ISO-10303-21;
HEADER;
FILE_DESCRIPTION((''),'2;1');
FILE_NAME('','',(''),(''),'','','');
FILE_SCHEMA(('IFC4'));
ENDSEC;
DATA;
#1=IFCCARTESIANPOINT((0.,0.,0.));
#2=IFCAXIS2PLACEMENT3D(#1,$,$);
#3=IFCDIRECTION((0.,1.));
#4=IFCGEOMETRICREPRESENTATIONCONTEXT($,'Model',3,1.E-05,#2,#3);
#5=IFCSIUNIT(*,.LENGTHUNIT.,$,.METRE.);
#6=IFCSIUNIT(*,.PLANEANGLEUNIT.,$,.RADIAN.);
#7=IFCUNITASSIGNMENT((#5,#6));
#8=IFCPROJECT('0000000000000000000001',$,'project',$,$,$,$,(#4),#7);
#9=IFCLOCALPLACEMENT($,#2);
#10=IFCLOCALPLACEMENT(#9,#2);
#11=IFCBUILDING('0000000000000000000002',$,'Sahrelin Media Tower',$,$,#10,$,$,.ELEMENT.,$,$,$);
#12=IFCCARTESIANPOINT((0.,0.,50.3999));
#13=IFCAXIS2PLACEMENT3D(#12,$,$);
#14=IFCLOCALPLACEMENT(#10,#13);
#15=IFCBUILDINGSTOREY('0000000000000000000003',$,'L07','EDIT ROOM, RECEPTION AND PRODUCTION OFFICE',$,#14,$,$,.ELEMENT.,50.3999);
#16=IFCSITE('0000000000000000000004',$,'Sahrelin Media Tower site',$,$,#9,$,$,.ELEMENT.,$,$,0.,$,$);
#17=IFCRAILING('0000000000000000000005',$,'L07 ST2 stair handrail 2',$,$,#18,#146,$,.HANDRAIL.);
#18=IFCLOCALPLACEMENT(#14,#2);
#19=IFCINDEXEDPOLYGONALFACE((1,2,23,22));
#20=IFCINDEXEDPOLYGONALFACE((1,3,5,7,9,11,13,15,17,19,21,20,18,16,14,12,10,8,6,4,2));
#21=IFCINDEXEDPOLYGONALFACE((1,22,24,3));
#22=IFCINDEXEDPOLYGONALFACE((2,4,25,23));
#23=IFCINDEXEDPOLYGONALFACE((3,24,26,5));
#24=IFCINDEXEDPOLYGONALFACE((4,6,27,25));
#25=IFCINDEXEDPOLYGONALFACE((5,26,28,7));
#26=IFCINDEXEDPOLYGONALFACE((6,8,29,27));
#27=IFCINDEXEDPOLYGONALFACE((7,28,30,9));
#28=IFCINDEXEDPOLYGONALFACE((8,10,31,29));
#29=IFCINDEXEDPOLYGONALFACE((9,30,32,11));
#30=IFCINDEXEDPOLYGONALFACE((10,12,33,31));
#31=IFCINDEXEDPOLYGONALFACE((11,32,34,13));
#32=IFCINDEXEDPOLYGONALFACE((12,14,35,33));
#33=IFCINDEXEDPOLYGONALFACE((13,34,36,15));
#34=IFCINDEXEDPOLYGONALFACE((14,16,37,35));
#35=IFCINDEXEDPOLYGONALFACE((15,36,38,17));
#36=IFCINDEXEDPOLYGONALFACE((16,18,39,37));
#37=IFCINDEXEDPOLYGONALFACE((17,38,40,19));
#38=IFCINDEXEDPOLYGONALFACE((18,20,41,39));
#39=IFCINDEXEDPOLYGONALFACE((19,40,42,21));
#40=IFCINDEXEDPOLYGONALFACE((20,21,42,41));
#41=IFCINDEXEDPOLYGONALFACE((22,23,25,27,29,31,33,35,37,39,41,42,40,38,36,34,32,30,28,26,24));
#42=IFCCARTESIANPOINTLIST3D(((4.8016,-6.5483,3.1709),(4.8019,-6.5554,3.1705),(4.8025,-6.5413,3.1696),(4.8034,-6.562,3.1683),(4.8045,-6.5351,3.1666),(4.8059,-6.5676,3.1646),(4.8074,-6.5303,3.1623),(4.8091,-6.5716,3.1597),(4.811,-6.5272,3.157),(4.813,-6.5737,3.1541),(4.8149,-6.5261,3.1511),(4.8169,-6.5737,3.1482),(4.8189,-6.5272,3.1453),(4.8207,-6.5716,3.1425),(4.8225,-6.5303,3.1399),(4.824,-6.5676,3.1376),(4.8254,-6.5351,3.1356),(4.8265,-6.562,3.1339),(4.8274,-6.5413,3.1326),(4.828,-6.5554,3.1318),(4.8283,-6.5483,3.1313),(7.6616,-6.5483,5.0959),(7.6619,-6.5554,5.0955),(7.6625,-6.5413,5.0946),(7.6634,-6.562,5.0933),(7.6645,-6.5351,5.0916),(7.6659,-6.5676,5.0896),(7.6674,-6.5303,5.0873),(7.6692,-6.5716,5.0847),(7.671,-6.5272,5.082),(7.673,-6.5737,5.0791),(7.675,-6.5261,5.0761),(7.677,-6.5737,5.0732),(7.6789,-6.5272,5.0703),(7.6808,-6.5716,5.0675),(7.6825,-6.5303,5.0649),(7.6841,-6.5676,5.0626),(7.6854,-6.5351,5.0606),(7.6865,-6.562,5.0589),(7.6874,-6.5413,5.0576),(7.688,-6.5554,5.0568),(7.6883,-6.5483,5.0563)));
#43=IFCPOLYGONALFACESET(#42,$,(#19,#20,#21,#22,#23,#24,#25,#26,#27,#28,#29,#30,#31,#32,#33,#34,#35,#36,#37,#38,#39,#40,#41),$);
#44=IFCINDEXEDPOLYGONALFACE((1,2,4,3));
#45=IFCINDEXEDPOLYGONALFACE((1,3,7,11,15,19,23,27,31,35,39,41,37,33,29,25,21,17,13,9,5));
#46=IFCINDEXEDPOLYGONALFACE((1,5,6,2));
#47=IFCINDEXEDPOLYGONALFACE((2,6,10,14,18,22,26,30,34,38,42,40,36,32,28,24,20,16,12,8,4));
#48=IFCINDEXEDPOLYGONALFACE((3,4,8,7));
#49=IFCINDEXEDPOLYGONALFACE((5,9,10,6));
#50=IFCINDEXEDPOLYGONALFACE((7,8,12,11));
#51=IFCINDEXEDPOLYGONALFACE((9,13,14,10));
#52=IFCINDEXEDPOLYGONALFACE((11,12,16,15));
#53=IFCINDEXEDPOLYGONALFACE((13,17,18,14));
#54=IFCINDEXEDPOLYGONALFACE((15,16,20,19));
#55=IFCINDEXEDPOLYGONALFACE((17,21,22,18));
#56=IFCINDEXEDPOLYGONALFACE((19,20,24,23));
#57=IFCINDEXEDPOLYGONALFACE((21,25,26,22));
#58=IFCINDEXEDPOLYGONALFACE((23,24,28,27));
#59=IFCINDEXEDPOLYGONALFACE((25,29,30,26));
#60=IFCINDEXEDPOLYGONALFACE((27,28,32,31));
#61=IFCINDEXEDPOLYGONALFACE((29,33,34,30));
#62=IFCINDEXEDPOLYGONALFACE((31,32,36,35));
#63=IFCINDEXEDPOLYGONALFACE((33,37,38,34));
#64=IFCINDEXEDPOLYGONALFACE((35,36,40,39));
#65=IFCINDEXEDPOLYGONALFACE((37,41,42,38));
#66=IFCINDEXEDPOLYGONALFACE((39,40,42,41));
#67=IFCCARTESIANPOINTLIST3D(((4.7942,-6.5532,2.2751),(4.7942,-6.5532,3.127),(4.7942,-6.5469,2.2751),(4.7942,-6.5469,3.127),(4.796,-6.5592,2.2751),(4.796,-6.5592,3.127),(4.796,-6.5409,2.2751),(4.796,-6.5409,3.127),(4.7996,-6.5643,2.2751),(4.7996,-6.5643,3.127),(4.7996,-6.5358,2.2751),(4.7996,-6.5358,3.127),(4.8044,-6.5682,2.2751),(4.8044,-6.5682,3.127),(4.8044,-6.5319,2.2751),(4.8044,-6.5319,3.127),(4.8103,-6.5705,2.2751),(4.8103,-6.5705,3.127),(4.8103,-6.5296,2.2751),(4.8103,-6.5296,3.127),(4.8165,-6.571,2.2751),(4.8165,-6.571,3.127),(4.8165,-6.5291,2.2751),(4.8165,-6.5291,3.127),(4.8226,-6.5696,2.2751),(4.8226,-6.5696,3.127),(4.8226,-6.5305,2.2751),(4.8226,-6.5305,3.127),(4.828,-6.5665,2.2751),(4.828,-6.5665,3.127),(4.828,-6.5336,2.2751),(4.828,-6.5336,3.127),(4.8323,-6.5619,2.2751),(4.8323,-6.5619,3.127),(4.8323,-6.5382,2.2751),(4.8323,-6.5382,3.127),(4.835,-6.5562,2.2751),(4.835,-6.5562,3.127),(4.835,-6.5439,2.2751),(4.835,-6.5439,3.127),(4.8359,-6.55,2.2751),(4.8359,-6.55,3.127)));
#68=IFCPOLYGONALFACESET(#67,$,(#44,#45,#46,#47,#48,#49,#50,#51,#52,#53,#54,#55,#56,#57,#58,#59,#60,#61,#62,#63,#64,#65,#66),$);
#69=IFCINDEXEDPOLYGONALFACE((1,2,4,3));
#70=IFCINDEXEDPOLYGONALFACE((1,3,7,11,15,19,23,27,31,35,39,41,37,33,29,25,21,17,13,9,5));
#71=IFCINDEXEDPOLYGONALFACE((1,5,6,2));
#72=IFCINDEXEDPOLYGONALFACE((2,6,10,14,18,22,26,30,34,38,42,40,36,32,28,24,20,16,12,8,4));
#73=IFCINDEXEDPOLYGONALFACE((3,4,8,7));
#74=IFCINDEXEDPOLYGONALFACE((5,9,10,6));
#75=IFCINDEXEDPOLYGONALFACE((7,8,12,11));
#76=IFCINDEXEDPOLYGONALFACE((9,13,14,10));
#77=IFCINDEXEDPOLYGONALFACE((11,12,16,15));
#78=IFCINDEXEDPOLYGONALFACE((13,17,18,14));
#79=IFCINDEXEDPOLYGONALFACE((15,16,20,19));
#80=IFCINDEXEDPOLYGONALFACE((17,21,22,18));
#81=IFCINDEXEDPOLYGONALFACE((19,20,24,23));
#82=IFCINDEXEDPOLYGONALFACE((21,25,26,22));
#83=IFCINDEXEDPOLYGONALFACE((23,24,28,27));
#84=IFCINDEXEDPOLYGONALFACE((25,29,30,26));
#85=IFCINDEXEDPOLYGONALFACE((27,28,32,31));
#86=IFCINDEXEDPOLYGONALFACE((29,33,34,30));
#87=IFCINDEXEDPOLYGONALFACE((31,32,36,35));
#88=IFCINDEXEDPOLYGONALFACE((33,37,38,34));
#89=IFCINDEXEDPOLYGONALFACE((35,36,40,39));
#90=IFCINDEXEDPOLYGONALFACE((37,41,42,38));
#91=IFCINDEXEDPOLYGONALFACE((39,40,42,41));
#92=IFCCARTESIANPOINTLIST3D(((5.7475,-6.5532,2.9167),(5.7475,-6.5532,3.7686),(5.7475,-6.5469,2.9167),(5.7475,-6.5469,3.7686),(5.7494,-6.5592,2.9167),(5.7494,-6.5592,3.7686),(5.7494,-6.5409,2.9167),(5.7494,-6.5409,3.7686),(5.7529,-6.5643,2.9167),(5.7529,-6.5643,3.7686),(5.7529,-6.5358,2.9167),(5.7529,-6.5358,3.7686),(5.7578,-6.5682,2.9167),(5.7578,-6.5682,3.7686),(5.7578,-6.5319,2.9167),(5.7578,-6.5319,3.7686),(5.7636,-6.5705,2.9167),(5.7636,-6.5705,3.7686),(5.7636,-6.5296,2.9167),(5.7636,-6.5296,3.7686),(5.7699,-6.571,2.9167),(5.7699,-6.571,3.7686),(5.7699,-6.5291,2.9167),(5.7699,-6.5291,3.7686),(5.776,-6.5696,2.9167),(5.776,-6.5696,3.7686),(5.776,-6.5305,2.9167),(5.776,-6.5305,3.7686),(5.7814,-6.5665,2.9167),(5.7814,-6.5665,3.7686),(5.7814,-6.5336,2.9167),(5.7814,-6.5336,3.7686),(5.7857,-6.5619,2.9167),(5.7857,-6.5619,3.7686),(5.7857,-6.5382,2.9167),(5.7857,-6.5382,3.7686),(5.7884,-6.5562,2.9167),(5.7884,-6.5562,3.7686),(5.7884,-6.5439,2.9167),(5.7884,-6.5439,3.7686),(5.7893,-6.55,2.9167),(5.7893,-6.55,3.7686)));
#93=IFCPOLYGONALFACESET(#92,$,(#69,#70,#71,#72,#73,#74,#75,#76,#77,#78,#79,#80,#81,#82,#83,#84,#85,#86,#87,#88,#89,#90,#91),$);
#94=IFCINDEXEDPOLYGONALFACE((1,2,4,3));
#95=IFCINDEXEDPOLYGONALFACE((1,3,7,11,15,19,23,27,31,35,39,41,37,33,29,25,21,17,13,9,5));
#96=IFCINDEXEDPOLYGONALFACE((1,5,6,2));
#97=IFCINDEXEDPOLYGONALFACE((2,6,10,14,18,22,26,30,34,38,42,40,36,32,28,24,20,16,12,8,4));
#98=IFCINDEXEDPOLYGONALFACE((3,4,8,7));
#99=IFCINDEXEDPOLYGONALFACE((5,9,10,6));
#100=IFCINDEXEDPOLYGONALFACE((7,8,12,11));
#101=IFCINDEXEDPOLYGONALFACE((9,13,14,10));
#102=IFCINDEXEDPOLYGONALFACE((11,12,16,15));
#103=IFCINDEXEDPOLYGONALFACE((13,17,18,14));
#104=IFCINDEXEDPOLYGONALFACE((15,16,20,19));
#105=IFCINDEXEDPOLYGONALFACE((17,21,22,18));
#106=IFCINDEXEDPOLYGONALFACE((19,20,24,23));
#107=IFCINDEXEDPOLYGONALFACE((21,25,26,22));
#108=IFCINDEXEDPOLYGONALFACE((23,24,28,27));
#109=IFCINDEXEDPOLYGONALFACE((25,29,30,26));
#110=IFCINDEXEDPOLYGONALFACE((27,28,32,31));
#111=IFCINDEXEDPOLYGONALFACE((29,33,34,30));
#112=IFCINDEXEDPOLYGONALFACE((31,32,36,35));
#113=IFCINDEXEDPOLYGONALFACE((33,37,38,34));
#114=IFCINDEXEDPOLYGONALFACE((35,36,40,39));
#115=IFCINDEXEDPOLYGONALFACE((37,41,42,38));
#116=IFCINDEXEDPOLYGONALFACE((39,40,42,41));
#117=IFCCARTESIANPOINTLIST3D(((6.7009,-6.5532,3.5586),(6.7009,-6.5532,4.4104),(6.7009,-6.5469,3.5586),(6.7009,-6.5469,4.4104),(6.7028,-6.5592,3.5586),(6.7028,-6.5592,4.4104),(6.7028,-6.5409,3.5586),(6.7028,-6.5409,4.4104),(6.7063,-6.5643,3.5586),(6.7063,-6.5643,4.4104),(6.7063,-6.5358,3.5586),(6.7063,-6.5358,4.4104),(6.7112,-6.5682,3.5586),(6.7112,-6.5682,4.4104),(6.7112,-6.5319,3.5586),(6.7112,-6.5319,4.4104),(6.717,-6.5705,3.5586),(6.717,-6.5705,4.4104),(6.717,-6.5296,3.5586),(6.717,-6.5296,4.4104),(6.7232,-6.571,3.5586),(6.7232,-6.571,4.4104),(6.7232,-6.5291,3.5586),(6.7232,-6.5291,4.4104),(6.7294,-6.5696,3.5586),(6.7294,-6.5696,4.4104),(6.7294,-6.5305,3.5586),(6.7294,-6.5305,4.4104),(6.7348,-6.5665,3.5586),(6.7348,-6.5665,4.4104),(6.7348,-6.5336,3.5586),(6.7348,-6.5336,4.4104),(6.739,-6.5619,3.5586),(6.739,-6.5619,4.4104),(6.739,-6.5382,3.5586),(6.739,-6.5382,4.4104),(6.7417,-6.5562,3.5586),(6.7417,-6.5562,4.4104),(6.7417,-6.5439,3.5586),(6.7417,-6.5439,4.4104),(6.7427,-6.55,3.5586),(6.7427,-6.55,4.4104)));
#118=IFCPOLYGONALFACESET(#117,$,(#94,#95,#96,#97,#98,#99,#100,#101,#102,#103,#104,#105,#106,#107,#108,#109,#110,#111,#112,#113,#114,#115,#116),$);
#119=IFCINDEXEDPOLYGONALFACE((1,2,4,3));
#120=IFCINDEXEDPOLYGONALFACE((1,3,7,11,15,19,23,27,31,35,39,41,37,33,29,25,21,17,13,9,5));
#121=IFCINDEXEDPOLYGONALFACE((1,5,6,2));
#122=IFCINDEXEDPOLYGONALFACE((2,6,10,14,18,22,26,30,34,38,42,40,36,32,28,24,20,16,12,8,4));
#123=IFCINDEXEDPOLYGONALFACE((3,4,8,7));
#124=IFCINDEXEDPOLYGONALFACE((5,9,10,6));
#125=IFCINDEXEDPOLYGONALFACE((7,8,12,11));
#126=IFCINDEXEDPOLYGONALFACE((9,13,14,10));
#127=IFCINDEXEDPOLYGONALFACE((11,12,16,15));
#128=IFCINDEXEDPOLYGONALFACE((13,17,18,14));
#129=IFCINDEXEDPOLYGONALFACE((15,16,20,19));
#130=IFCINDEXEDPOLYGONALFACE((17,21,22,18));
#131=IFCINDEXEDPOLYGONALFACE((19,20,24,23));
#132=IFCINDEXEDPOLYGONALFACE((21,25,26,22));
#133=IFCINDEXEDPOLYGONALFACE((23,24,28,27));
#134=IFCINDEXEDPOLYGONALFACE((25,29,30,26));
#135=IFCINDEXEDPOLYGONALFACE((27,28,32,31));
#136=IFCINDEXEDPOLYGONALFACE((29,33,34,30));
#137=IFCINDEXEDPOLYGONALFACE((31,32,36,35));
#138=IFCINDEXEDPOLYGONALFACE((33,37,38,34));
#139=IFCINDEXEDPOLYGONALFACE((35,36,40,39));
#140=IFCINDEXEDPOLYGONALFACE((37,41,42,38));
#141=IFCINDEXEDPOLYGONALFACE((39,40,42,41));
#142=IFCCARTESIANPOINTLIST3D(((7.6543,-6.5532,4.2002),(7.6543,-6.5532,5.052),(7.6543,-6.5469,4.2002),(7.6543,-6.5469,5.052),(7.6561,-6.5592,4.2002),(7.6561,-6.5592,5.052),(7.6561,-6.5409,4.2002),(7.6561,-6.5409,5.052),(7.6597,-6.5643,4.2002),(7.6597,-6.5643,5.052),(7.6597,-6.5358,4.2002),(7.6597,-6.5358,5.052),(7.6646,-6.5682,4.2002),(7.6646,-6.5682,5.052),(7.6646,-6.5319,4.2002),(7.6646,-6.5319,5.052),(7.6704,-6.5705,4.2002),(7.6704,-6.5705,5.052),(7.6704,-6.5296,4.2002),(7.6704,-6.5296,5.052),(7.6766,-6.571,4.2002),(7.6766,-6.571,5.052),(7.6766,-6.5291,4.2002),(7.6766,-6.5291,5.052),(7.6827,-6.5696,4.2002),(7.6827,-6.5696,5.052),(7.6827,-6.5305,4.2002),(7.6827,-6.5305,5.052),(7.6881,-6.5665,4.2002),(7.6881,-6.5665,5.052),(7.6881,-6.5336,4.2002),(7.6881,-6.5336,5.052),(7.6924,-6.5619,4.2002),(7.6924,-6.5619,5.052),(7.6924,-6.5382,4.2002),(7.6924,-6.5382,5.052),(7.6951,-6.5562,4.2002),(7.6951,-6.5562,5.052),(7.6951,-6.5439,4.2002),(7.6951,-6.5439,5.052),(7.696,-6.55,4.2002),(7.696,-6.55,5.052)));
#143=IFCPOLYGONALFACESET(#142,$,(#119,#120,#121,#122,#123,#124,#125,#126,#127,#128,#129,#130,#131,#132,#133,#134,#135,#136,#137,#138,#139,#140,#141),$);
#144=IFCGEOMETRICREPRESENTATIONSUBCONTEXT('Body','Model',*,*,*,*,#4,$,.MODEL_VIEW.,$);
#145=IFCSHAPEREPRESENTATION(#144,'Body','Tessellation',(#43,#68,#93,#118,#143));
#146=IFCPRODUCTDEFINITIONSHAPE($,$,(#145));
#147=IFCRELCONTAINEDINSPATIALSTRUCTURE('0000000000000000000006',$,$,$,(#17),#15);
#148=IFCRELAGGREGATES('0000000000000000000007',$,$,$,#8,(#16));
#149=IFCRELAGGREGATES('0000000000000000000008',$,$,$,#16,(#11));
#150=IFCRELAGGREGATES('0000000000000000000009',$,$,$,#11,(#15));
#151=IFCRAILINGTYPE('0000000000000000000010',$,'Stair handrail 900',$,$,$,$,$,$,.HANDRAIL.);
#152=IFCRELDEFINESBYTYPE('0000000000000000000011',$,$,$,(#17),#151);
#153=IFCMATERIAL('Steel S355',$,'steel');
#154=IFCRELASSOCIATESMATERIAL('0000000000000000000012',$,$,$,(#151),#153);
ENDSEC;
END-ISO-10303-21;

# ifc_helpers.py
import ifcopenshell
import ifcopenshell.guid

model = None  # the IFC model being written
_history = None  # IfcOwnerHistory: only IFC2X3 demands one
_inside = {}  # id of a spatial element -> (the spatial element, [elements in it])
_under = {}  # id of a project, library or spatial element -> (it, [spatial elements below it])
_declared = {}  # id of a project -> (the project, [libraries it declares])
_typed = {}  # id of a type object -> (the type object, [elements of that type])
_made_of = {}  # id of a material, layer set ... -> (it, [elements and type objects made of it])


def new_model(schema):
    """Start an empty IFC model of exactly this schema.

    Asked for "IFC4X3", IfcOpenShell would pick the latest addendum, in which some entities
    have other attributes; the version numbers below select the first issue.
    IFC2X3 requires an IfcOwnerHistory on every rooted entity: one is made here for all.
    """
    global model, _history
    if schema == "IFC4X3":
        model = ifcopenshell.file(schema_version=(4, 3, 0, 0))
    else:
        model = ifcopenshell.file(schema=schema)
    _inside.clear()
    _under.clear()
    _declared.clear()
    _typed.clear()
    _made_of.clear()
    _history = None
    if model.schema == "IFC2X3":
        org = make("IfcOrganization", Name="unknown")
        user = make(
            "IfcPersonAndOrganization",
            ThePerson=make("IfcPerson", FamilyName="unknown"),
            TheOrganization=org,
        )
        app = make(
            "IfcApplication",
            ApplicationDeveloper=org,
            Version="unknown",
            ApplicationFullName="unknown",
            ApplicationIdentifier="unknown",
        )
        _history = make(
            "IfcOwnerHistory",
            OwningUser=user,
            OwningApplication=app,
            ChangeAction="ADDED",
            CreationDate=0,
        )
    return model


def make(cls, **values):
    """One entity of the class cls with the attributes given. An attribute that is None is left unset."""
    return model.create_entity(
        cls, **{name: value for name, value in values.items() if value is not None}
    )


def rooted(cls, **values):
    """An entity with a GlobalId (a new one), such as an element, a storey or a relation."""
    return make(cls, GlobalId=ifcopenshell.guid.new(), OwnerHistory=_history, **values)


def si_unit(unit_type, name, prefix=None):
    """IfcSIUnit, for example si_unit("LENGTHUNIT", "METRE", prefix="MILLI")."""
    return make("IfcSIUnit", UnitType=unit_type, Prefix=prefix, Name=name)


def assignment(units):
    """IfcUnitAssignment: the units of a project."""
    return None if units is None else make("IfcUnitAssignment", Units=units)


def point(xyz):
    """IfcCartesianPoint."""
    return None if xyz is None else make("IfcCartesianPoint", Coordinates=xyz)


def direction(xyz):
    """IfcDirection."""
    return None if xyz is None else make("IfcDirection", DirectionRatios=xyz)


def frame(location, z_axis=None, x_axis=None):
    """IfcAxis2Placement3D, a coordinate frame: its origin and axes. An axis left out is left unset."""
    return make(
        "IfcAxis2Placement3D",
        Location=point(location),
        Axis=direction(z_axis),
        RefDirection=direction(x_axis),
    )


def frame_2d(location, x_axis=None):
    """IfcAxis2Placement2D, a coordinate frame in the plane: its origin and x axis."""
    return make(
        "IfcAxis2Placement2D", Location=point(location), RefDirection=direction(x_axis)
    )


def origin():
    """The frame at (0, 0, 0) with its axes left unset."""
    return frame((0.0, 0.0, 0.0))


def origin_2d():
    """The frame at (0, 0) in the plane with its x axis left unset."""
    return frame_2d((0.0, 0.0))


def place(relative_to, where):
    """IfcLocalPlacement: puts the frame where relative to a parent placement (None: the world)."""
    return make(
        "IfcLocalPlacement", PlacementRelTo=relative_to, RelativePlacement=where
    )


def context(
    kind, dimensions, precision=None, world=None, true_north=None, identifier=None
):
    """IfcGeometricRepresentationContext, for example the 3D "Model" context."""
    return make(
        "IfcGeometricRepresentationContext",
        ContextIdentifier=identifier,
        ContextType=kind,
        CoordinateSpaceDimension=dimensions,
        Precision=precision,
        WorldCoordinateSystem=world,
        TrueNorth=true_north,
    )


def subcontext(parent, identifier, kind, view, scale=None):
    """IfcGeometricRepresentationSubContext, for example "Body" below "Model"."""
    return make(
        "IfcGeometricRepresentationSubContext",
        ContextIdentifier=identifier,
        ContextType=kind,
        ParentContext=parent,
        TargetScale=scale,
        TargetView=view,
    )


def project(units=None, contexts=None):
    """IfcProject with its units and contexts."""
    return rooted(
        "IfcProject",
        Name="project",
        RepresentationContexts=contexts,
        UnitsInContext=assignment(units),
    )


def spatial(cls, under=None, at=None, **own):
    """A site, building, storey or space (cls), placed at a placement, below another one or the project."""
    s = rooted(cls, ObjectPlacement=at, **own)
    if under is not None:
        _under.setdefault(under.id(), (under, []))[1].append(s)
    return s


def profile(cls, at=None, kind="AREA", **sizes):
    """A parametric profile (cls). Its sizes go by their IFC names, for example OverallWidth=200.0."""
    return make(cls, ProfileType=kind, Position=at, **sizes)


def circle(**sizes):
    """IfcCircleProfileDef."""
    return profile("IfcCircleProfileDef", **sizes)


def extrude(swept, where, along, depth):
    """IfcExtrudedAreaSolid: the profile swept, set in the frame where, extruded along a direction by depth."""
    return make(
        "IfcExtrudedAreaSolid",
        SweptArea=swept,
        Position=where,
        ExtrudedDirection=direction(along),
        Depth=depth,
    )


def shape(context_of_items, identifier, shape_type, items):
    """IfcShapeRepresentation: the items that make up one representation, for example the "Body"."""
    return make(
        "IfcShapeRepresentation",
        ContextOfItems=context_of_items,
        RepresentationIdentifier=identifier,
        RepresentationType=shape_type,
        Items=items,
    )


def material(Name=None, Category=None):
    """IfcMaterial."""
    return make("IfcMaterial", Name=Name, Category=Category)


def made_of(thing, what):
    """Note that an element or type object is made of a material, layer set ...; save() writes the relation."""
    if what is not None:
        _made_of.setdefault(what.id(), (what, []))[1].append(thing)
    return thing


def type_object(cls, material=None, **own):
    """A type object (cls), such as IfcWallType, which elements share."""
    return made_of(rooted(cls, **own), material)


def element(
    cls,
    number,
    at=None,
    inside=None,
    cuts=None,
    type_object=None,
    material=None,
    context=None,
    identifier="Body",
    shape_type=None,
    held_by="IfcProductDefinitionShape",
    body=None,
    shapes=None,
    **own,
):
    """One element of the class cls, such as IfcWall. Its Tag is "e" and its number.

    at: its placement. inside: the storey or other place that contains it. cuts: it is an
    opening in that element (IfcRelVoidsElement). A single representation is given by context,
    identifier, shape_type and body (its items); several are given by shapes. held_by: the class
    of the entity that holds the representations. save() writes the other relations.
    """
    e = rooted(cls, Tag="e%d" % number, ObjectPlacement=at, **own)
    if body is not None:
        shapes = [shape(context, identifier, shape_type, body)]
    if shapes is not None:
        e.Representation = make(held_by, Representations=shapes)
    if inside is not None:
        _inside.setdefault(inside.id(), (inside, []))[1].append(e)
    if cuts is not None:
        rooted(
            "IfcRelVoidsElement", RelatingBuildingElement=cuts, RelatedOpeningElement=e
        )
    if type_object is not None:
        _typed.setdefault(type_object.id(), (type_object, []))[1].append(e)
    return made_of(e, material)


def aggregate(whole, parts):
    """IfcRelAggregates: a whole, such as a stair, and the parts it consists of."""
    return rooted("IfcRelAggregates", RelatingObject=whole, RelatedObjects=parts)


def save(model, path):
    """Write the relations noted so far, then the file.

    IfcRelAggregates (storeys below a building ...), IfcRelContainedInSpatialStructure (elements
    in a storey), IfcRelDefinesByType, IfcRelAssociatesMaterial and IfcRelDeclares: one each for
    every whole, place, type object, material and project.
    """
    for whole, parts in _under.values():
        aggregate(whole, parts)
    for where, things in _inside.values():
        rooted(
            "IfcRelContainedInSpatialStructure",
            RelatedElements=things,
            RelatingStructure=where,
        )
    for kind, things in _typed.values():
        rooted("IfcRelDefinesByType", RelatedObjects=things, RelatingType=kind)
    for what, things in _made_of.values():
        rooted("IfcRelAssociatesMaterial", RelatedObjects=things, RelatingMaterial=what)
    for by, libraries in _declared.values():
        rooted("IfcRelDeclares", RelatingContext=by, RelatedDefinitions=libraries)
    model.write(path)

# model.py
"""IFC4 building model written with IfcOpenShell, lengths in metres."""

from ifc_helpers import new_model, si_unit, direction, frame, origin, origin_2d, place, context, subcontext, project, spatial, circle, extrude, material, type_object, element, save


model = new_model("IFC4")

# Units and contexts
model_context = context("Model", 3, precision=1e-05, world=origin(), true_north=direction((0.0, 1.0)))
body_context = subcontext(model_context, "Body", "Model", "MODEL_VIEW")
ifc_project = project(units=[si_unit("LENGTHUNIT", "METRE"), si_unit("PLANEANGLEUNIT", "RADIAN")], contexts=[model_context])

# Site, building, storey
site_placement = place(None, origin())
site = spatial("IfcSite", under=ifc_project, at=site_placement, Name="Sahrelin Media Tower site", CompositionType="ELEMENT", RefElevation=0.0)
building_placement = place(site_placement, origin())
building = spatial("IfcBuilding", under=site, at=building_placement, Name="Sahrelin Media Tower", CompositionType="ELEMENT")
storey_placement = place(building_placement, frame((0.0, 0.0, 50.3999)))
storey = spatial("IfcBuildingStorey", under=building, at=storey_placement, Name="L07", Description="EDIT ROOM, RECEPTION AND PRODUCTION OFFICE", CompositionType="ELEMENT", Elevation=50.3999)

# Shared definitions
ifc_material_1 = material(Name="Steel S355", Category="steel")

# Railing
railing_type_1 = type_object("IfcRailingType", Name="Stair handrail 900", PredefinedType="HANDRAIL", material=ifc_material_1)
railing_1_placement = place(storey_placement, frame((4.8149, -6.55, 2.2751)))
element("IfcRailing", 1, at=railing_1_placement, inside=storey, type_object=railing_type_1, Name="L07 ST2 stair handrail 2", PredefinedType="HANDRAIL", context=body_context, shape_type="SweptSolid", body=[
    extrude(circle(Radius=0.0239, at=origin_2d()), frame((0.0, 0.0, 0.876), z_axis=(0.829591, 0.0, 0.558372), x_axis=(0.0, 1.0, 0.0)), (0.0, 0.0, 1.0), 3.4475),
    extrude(circle(Radius=0.021, at=origin_2d()), origin(), (0.0, 0.0, 1.0), 0.8518),
    extrude(circle(Radius=0.021, at=origin_2d()), frame((0.9534, 0.0, 0.6416)), (0.0, 0.0, 1.0), 0.8518),
    extrude(circle(Radius=0.021, at=origin_2d()), frame((1.9067, 0.0, 1.2834)), (0.0, 0.0, 1.0), 0.8518),
    extrude(circle(Radius=0.021, at=origin_2d()), frame((2.8601, 0.0, 1.925)), (0.0, 0.0, 1.0), 0.8518),
])

save(model, "model.ifc")
